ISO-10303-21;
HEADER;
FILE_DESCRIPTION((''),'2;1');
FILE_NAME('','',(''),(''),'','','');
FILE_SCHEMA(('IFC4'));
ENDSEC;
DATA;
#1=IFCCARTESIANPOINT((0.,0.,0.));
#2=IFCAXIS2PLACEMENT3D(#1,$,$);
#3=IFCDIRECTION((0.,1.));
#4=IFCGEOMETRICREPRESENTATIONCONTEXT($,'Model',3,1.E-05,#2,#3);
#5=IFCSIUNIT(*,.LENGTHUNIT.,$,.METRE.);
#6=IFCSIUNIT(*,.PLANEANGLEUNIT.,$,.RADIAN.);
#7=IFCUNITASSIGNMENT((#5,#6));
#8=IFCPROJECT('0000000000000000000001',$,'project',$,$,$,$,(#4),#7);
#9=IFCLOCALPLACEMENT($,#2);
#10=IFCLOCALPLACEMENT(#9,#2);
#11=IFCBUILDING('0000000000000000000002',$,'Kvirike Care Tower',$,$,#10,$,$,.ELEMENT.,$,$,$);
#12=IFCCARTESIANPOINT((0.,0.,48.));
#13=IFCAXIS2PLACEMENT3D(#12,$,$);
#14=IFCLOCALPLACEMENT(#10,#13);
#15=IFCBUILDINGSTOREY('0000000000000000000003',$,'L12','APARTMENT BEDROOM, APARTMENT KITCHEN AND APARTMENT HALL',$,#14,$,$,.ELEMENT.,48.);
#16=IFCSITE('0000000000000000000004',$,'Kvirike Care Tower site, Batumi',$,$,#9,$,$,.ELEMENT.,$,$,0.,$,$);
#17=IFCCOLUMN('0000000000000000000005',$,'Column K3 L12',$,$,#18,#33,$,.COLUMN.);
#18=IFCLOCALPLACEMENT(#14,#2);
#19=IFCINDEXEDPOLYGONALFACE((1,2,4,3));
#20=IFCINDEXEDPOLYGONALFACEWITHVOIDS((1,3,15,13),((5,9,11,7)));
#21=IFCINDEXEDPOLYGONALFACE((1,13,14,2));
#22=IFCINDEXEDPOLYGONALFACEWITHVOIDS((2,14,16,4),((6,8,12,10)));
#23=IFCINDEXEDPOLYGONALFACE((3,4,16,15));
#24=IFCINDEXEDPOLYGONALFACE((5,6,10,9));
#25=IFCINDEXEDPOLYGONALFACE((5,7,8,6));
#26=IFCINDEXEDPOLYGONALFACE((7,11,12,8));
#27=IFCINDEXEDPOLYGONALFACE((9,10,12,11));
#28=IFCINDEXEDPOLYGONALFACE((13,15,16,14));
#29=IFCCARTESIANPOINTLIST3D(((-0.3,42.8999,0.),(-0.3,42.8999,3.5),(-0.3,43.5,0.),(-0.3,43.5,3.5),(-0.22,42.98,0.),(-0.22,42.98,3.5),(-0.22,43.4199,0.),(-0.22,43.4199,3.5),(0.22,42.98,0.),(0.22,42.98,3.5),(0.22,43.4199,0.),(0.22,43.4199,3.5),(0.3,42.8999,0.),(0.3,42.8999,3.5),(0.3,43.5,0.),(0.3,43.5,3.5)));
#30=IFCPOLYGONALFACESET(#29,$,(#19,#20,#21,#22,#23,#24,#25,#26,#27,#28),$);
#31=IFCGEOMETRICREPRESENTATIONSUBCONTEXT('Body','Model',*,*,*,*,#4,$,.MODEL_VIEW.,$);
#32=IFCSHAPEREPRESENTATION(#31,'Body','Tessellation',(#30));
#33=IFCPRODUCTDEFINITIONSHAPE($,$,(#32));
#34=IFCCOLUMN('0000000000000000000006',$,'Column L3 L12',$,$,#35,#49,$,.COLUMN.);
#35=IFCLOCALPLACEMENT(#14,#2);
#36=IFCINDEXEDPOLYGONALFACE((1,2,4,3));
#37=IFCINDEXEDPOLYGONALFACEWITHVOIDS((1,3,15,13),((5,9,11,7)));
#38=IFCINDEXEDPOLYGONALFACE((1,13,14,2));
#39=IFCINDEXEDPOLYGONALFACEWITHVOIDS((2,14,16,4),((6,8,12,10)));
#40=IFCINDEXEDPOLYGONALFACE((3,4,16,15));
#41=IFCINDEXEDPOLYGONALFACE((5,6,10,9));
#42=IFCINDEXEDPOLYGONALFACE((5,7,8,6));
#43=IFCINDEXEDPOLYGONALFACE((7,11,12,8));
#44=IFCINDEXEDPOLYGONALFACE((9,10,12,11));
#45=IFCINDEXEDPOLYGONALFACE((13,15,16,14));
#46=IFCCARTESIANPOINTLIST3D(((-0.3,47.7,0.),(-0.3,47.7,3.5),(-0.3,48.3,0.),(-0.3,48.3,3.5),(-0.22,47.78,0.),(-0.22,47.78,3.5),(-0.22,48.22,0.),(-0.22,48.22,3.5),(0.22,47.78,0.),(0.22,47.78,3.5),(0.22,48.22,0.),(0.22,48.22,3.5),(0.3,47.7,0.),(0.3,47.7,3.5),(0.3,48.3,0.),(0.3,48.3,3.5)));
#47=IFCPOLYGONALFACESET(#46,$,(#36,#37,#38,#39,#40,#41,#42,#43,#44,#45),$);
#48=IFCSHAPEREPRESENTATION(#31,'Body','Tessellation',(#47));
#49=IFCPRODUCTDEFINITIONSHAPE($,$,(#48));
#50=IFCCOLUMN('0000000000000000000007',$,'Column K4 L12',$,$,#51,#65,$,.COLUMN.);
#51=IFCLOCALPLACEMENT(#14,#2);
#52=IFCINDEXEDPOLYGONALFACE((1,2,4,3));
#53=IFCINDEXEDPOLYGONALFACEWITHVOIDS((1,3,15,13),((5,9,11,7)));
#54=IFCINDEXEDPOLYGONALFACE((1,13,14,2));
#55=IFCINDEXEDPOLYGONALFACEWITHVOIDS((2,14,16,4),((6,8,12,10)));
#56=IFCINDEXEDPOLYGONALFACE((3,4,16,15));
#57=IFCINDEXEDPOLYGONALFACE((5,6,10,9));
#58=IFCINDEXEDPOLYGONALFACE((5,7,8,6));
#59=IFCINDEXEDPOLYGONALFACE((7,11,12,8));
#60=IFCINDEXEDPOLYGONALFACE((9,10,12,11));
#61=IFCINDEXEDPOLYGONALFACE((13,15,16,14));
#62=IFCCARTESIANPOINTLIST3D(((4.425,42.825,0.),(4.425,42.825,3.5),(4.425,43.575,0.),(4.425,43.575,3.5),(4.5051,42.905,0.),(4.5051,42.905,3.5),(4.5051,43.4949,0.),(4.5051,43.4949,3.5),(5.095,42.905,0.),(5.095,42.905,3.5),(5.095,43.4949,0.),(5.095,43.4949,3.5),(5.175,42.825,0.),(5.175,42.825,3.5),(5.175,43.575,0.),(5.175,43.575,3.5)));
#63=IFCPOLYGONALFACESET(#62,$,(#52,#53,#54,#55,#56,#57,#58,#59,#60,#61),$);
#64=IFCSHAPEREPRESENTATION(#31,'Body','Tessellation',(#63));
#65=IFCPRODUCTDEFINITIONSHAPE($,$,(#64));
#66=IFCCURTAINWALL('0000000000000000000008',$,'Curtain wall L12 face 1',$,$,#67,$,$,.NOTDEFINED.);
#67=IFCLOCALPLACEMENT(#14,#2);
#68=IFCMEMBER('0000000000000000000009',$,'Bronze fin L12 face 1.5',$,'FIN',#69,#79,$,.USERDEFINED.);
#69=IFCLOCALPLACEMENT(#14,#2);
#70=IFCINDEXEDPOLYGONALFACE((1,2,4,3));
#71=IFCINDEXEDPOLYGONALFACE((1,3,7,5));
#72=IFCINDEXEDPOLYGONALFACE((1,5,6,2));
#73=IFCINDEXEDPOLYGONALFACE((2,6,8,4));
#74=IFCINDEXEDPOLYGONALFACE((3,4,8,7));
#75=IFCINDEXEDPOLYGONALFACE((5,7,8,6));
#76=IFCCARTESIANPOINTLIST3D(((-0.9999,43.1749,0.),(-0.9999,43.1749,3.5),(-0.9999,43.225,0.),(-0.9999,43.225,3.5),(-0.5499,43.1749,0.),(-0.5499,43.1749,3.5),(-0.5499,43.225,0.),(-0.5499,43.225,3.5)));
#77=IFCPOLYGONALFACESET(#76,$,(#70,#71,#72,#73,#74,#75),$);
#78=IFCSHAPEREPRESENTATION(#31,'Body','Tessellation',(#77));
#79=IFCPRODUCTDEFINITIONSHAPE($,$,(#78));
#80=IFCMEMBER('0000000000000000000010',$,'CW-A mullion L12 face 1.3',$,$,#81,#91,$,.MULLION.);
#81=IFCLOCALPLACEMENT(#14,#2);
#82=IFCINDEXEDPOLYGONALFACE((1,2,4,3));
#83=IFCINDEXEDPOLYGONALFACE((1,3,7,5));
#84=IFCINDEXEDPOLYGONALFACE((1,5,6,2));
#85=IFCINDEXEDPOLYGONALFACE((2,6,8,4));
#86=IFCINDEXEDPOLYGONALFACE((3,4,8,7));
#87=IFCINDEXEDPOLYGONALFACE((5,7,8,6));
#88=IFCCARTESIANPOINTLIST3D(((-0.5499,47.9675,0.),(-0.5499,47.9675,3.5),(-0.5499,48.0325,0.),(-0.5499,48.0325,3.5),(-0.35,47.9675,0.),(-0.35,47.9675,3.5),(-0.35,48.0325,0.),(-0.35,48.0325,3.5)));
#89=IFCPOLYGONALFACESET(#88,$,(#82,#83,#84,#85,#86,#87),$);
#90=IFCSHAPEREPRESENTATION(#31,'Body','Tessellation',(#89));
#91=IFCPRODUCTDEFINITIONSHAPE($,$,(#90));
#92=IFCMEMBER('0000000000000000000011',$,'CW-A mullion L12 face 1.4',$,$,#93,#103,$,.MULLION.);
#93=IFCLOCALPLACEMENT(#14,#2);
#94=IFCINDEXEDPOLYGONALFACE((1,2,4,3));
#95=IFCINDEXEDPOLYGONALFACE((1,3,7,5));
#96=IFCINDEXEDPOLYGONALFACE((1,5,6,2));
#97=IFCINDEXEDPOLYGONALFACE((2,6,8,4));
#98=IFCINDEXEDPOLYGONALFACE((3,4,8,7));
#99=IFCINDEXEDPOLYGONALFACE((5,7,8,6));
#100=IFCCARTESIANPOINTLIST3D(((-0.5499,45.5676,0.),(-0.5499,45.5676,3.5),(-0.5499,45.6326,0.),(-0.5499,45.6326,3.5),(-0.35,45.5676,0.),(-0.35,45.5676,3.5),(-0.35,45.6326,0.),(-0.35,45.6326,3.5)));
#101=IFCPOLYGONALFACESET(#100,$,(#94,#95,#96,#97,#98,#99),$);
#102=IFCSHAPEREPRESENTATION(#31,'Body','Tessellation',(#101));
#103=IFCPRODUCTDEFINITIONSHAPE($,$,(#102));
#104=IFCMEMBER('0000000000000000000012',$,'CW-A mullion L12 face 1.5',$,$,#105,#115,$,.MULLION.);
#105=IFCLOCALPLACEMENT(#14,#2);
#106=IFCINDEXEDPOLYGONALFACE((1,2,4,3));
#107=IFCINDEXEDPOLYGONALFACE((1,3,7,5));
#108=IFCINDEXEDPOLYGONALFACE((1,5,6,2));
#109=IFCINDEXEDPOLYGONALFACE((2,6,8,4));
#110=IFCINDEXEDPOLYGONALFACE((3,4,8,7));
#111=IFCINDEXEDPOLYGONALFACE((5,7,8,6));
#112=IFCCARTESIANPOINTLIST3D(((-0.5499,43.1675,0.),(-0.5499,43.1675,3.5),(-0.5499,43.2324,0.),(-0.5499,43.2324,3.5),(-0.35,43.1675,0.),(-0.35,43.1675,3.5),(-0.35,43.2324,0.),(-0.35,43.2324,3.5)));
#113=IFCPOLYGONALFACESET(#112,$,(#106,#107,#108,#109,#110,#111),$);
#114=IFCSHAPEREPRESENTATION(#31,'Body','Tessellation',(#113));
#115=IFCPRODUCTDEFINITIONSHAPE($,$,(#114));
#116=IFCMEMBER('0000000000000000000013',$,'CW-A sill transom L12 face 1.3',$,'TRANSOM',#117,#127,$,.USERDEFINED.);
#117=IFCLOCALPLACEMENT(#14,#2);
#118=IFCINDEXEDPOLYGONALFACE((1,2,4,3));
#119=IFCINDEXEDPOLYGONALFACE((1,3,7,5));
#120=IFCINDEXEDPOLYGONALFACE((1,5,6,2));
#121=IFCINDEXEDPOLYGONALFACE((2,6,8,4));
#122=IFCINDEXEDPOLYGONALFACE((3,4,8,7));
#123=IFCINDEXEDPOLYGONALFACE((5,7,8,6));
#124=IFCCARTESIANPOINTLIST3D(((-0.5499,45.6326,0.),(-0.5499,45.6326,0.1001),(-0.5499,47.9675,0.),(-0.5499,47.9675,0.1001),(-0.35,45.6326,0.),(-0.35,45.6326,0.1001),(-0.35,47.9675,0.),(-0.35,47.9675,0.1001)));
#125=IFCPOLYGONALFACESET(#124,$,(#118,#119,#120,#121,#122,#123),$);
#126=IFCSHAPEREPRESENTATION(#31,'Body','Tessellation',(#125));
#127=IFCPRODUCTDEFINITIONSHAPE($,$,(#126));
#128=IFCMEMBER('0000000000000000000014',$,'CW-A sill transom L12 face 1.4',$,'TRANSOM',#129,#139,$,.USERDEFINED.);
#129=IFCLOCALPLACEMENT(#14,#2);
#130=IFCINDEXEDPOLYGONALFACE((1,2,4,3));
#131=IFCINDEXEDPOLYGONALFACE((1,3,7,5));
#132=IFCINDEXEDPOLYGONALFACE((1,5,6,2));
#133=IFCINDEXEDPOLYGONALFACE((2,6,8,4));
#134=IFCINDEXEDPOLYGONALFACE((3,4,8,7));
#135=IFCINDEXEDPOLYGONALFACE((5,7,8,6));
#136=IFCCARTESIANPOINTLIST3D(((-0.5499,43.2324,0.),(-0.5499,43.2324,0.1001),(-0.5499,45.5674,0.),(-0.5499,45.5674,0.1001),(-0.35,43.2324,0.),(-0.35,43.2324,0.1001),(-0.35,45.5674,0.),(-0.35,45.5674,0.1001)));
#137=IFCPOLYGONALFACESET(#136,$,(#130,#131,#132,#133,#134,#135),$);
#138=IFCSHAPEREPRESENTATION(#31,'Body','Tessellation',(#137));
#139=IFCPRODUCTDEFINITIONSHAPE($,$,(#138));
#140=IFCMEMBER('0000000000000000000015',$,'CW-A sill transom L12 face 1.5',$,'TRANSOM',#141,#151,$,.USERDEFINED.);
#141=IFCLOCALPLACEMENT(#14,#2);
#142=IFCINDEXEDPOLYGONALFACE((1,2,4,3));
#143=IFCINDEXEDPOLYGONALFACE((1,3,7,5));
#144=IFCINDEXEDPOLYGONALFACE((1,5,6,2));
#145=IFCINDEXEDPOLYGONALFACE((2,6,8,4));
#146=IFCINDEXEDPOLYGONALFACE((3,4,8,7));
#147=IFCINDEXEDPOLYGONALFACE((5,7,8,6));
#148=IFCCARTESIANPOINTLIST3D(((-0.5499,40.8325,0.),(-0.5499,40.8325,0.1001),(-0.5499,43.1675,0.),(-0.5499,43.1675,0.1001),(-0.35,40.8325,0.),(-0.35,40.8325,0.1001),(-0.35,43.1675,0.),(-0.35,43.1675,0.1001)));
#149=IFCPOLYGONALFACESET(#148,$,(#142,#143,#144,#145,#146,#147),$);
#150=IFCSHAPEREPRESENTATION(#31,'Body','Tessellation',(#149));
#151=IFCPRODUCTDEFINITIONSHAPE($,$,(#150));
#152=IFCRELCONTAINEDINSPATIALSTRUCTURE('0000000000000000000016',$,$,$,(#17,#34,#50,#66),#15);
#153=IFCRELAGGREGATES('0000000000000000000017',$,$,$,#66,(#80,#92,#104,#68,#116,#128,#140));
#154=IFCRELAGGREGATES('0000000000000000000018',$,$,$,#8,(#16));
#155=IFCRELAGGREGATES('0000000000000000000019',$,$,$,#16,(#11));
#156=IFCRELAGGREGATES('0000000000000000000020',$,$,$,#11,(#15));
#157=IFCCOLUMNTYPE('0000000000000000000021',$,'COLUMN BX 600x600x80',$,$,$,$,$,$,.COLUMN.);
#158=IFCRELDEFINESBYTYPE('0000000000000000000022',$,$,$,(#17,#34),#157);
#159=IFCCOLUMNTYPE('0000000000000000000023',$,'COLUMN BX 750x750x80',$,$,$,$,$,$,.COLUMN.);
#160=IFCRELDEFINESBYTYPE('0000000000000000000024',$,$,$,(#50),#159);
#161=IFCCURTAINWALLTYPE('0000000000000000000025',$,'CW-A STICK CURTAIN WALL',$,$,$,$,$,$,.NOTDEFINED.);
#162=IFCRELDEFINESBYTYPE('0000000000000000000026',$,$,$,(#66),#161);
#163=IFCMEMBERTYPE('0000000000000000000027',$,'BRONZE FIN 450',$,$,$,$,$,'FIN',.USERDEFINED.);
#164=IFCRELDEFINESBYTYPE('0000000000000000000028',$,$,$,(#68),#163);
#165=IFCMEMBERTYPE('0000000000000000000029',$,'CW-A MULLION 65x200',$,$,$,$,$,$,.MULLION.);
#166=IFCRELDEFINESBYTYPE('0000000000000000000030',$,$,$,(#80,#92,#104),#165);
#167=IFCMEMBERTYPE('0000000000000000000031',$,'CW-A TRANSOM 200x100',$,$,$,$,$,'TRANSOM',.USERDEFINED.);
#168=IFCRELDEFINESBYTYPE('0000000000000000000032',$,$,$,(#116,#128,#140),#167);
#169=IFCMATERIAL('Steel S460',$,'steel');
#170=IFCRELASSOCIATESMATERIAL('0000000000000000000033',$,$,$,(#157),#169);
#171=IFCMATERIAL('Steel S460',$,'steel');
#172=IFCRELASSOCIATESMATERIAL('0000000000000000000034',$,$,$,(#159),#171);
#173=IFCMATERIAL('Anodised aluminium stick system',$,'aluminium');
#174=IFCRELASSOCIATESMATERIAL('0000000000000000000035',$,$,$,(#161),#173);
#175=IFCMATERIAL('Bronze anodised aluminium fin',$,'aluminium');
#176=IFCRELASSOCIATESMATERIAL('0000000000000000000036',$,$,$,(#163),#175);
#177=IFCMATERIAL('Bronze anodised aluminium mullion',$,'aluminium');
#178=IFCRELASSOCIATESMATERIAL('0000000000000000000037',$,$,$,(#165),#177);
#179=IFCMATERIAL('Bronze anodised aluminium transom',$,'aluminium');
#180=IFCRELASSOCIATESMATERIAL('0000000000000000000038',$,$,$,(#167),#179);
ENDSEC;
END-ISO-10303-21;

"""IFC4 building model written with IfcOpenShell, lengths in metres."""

from ifc_helpers import new_model, si_unit, direction, frame, origin, origin_2d, place, context, subcontext, project, spatial, rectangle, hollow_rectangle, extrude, material, material_profile, profile_set, type_object, element, aggregate, save


model = new_model("IFC4")

# Units and contexts
model_context = context("Model", 3, precision=1e-05, world=origin(), true_north=direction((0.0, 1.0)))
body_context = subcontext(model_context, "Body", "Model", "MODEL_VIEW")
ifc_project = project(units=[si_unit("LENGTHUNIT", "METRE"), si_unit("PLANEANGLEUNIT", "RADIAN")], contexts=[model_context])

# Site, building, storey
site_placement = place(None, origin())
site = spatial("IfcSite", under=ifc_project, at=site_placement, Name="Kvirike Care Tower site, Batumi", CompositionType="ELEMENT", RefElevation=0.0)
building_placement = place(site_placement, origin())
building = spatial("IfcBuilding", under=site, at=building_placement, Name="Kvirike Care Tower", CompositionType="ELEMENT")
storey_placement = place(building_placement, frame((0.0, 0.0, 48.0)))
storey = spatial("IfcBuildingStorey", under=building, at=storey_placement, Name="L12", Description="APARTMENT BEDROOM, APARTMENT KITCHEN AND APARTMENT HALL", CompositionType="ELEMENT", Elevation=48.0)

# Columns
ifc_material_1 = material(Name="Steel S460", Category="steel")
ifc_material_profile_1 = material_profile(ifc_material_1, hollow_rectangle(XDim=0.6001, YDim=0.6001, WallThickness=0.0801, at=origin_2d()), Name="BX 600x600x80")
ifc_profile_set_1 = profile_set([ifc_material_profile_1], Name="Steel S460")
column_type_1 = type_object("IfcColumnType", Name="COLUMN BX 600x600x80", PredefinedType="COLUMN", material=ifc_profile_set_1)
for number, where, z_axis, x_axis, name in (
    (1, (0.0, 43.2, 0.0), (0.0, 0.0, 1.0), (0.0, 1.0, 0.0), "Column K3 L12"),
    (2, (0.0, 48.0, 0.0), (0.0, 0.0, 1.0), (1.0, 0.0, 0.0), "Column L3 L12"),
):
    element("IfcColumn", number, at=place(storey_placement, frame(where, z_axis=z_axis, x_axis=x_axis)), inside=storey, type_object=column_type_1, Name=name, PredefinedType="COLUMN", context=body_context, shape_type="SweptSolid", body=[
        extrude(hollow_rectangle(XDim=0.6001, YDim=0.6001, WallThickness=0.0801, at=origin_2d()), origin(), (0.0, 0.0, 1.0), 3.5),
    ])
ifc_material_2 = material(Name="Steel S460", Category="steel")
ifc_material_profile_2 = material_profile(ifc_material_2, hollow_rectangle(XDim=0.75, YDim=0.75, WallThickness=0.0801, at=origin_2d()), Name="BX 750x750x80")
ifc_profile_set_2 = profile_set([ifc_material_profile_2], Name="Steel S460")
column_type_2 = type_object("IfcColumnType", Name="COLUMN BX 750x750x80", PredefinedType="COLUMN", material=ifc_profile_set_2)
column_placement = place(storey_placement, frame((4.8, 43.2, 0.0), z_axis=(0.0, 0.0, 1.0), x_axis=(0.0, 1.0, 0.0)))
element("IfcColumn", 3, at=column_placement, inside=storey, type_object=column_type_2, Name="Column K4 L12", PredefinedType="COLUMN", context=body_context, shape_type="SweptSolid", body=[
    extrude(hollow_rectangle(XDim=0.75, YDim=0.75, WallThickness=0.0801, at=origin_2d()), origin(), (0.0, 0.0, 1.0), 3.5),
])

# Curtain wall, members
ifc_material_3 = material(Name="Anodised aluminium stick system", Category="aluminium")
curtain_wall_type = type_object("IfcCurtainWallType", Name="CW-A STICK CURTAIN WALL", PredefinedType="NOTDEFINED", material=ifc_material_3)
curtain_wall_placement = place(storey_placement, origin())
curtain_wall = element("IfcCurtainWall", 4, at=curtain_wall_placement, inside=storey, type_object=curtain_wall_type, Name="Curtain wall L12 face 1", PredefinedType="NOTDEFINED")
ifc_material_4 = material(Name="Bronze anodised aluminium fin", Category="aluminium")
ifc_material_profile_3 = material_profile(ifc_material_4, rectangle(XDim=0.05, YDim=0.45, at=origin_2d()), Name="BRONZE FIN 450")
ifc_profile_set_3 = profile_set([ifc_material_profile_3], Name="Bronze anodised aluminium fin")
member_type_1 = type_object("IfcMemberType", Name="BRONZE FIN 450", ElementType="FIN", PredefinedType="USERDEFINED", material=ifc_profile_set_3)
member_1_placement = place(storey_placement, frame((-0.7749, 43.2, 0.0), z_axis=(0.0, 0.0, 1.0), x_axis=(0.0, -1.0, 0.0)))
member_1 = element("IfcMember", 5, at=member_1_placement, type_object=member_type_1, Name="Bronze fin L12 face 1.5", ObjectType="FIN", PredefinedType="USERDEFINED", context=body_context, shape_type="SweptSolid", body=[
    extrude(rectangle(XDim=0.05, YDim=0.45, at=origin_2d()), origin(), (0.0, 0.0, 1.0), 3.5),
])
ifc_material_5 = material(Name="Bronze anodised aluminium mullion", Category="aluminium")
ifc_material_profile_4 = material_profile(ifc_material_5, rectangle(XDim=0.0649, YDim=0.2, at=origin_2d()), Name="CW-A MULLION 65x200")
ifc_profile_set_4 = profile_set([ifc_material_profile_4], Name="Bronze anodised aluminium mullion")
member_type_2 = type_object("IfcMemberType", Name="CW-A MULLION 65x200", PredefinedType="MULLION", material=ifc_profile_set_4)
member_2_placement = place(storey_placement, frame((-0.45, 48.0, 0.0), z_axis=(0.0, 0.0, 1.0), x_axis=(0.0, -1.0, 0.0)))
member_2 = element("IfcMember", 6, at=member_2_placement, type_object=member_type_2, Name="CW-A mullion L12 face 1.3", PredefinedType="MULLION", context=body_context, shape_type="SweptSolid", body=[
    extrude(rectangle(XDim=0.0649, YDim=0.2, at=origin_2d()), origin(), (0.0, 0.0, 1.0), 3.5),
])
member_3_placement = place(storey_placement, frame((-0.45, 45.6001, 0.0), z_axis=(0.0, 0.0, 1.0), x_axis=(0.0, -1.0, 0.0)))
member_3 = element("IfcMember", 7, at=member_3_placement, type_object=member_type_2, Name="CW-A mullion L12 face 1.4", PredefinedType="MULLION", context=body_context, shape_type="SweptSolid", body=[
    extrude(rectangle(XDim=0.0649, YDim=0.2, at=origin_2d()), origin(), (0.0, 0.0, 1.0), 3.5),
])
member_4_placement = place(storey_placement, frame((-0.45, 43.2, 0.0), z_axis=(0.0, 0.0, 1.0), x_axis=(0.0, -1.0, 0.0)))
member_4 = element("IfcMember", 8, at=member_4_placement, type_object=member_type_2, Name="CW-A mullion L12 face 1.5", PredefinedType="MULLION", context=body_context, shape_type="SweptSolid", body=[
    extrude(rectangle(XDim=0.0649, YDim=0.2, at=origin_2d()), origin(), (0.0, 0.0, 1.0), 3.5),
])
ifc_material_6 = material(Name="Bronze anodised aluminium transom", Category="aluminium")
ifc_material_profile_5 = material_profile(ifc_material_6, rectangle(XDim=0.2, YDim=0.1001, at=origin_2d()), Name="CW-A TRANSOM 200x100")
ifc_profile_set_5 = profile_set([ifc_material_profile_5], Name="Bronze anodised aluminium transom")
member_type_3 = type_object("IfcMemberType", Name="CW-A TRANSOM 200x100", ElementType="TRANSOM", PredefinedType="USERDEFINED", material=ifc_profile_set_5)
member_5_placement = place(storey_placement, frame((-0.45, 47.9675, 0.05), z_axis=(0.0, -1.0, 0.0), x_axis=(1.0, 0.0, 0.0)))
member_5 = element("IfcMember", 9, at=member_5_placement, type_object=member_type_3, Name="CW-A sill transom L12 face 1.3", ObjectType="TRANSOM", PredefinedType="USERDEFINED", context=body_context, shape_type="SweptSolid", body=[
    extrude(rectangle(XDim=0.2, YDim=0.1001, at=origin_2d()), origin(), (0.0, 0.0, 1.0), 2.335),
])
member_6_placement = place(storey_placement, frame((-0.45, 45.5674, 0.05), z_axis=(0.0, -1.0, 0.0), x_axis=(1.0, 0.0, 0.0)))
member_6 = element("IfcMember", 10, at=member_6_placement, type_object=member_type_3, Name="CW-A sill transom L12 face 1.4", ObjectType="TRANSOM", PredefinedType="USERDEFINED", context=body_context, shape_type="SweptSolid", body=[
    extrude(rectangle(XDim=0.2, YDim=0.1001, at=origin_2d()), origin(), (0.0, 0.0, 1.0), 2.335),
])
member_7_placement = place(storey_placement, frame((-0.45, 43.1675, 0.05), z_axis=(0.0, -1.0, 0.0), x_axis=(1.0, 0.0, 0.0)))
member_7 = element("IfcMember", 11, at=member_7_placement, type_object=member_type_3, Name="CW-A sill transom L12 face 1.5", ObjectType="TRANSOM", PredefinedType="USERDEFINED", context=body_context, shape_type="SweptSolid", body=[
    extrude(rectangle(XDim=0.2, YDim=0.1001, at=origin_2d()), origin(), (0.0, 0.0, 1.0), 2.335),
])

aggregate(curtain_wall, [member_2, member_3, member_4, member_1, member_5, member_6, member_7])

save(model, "model.ifc")
